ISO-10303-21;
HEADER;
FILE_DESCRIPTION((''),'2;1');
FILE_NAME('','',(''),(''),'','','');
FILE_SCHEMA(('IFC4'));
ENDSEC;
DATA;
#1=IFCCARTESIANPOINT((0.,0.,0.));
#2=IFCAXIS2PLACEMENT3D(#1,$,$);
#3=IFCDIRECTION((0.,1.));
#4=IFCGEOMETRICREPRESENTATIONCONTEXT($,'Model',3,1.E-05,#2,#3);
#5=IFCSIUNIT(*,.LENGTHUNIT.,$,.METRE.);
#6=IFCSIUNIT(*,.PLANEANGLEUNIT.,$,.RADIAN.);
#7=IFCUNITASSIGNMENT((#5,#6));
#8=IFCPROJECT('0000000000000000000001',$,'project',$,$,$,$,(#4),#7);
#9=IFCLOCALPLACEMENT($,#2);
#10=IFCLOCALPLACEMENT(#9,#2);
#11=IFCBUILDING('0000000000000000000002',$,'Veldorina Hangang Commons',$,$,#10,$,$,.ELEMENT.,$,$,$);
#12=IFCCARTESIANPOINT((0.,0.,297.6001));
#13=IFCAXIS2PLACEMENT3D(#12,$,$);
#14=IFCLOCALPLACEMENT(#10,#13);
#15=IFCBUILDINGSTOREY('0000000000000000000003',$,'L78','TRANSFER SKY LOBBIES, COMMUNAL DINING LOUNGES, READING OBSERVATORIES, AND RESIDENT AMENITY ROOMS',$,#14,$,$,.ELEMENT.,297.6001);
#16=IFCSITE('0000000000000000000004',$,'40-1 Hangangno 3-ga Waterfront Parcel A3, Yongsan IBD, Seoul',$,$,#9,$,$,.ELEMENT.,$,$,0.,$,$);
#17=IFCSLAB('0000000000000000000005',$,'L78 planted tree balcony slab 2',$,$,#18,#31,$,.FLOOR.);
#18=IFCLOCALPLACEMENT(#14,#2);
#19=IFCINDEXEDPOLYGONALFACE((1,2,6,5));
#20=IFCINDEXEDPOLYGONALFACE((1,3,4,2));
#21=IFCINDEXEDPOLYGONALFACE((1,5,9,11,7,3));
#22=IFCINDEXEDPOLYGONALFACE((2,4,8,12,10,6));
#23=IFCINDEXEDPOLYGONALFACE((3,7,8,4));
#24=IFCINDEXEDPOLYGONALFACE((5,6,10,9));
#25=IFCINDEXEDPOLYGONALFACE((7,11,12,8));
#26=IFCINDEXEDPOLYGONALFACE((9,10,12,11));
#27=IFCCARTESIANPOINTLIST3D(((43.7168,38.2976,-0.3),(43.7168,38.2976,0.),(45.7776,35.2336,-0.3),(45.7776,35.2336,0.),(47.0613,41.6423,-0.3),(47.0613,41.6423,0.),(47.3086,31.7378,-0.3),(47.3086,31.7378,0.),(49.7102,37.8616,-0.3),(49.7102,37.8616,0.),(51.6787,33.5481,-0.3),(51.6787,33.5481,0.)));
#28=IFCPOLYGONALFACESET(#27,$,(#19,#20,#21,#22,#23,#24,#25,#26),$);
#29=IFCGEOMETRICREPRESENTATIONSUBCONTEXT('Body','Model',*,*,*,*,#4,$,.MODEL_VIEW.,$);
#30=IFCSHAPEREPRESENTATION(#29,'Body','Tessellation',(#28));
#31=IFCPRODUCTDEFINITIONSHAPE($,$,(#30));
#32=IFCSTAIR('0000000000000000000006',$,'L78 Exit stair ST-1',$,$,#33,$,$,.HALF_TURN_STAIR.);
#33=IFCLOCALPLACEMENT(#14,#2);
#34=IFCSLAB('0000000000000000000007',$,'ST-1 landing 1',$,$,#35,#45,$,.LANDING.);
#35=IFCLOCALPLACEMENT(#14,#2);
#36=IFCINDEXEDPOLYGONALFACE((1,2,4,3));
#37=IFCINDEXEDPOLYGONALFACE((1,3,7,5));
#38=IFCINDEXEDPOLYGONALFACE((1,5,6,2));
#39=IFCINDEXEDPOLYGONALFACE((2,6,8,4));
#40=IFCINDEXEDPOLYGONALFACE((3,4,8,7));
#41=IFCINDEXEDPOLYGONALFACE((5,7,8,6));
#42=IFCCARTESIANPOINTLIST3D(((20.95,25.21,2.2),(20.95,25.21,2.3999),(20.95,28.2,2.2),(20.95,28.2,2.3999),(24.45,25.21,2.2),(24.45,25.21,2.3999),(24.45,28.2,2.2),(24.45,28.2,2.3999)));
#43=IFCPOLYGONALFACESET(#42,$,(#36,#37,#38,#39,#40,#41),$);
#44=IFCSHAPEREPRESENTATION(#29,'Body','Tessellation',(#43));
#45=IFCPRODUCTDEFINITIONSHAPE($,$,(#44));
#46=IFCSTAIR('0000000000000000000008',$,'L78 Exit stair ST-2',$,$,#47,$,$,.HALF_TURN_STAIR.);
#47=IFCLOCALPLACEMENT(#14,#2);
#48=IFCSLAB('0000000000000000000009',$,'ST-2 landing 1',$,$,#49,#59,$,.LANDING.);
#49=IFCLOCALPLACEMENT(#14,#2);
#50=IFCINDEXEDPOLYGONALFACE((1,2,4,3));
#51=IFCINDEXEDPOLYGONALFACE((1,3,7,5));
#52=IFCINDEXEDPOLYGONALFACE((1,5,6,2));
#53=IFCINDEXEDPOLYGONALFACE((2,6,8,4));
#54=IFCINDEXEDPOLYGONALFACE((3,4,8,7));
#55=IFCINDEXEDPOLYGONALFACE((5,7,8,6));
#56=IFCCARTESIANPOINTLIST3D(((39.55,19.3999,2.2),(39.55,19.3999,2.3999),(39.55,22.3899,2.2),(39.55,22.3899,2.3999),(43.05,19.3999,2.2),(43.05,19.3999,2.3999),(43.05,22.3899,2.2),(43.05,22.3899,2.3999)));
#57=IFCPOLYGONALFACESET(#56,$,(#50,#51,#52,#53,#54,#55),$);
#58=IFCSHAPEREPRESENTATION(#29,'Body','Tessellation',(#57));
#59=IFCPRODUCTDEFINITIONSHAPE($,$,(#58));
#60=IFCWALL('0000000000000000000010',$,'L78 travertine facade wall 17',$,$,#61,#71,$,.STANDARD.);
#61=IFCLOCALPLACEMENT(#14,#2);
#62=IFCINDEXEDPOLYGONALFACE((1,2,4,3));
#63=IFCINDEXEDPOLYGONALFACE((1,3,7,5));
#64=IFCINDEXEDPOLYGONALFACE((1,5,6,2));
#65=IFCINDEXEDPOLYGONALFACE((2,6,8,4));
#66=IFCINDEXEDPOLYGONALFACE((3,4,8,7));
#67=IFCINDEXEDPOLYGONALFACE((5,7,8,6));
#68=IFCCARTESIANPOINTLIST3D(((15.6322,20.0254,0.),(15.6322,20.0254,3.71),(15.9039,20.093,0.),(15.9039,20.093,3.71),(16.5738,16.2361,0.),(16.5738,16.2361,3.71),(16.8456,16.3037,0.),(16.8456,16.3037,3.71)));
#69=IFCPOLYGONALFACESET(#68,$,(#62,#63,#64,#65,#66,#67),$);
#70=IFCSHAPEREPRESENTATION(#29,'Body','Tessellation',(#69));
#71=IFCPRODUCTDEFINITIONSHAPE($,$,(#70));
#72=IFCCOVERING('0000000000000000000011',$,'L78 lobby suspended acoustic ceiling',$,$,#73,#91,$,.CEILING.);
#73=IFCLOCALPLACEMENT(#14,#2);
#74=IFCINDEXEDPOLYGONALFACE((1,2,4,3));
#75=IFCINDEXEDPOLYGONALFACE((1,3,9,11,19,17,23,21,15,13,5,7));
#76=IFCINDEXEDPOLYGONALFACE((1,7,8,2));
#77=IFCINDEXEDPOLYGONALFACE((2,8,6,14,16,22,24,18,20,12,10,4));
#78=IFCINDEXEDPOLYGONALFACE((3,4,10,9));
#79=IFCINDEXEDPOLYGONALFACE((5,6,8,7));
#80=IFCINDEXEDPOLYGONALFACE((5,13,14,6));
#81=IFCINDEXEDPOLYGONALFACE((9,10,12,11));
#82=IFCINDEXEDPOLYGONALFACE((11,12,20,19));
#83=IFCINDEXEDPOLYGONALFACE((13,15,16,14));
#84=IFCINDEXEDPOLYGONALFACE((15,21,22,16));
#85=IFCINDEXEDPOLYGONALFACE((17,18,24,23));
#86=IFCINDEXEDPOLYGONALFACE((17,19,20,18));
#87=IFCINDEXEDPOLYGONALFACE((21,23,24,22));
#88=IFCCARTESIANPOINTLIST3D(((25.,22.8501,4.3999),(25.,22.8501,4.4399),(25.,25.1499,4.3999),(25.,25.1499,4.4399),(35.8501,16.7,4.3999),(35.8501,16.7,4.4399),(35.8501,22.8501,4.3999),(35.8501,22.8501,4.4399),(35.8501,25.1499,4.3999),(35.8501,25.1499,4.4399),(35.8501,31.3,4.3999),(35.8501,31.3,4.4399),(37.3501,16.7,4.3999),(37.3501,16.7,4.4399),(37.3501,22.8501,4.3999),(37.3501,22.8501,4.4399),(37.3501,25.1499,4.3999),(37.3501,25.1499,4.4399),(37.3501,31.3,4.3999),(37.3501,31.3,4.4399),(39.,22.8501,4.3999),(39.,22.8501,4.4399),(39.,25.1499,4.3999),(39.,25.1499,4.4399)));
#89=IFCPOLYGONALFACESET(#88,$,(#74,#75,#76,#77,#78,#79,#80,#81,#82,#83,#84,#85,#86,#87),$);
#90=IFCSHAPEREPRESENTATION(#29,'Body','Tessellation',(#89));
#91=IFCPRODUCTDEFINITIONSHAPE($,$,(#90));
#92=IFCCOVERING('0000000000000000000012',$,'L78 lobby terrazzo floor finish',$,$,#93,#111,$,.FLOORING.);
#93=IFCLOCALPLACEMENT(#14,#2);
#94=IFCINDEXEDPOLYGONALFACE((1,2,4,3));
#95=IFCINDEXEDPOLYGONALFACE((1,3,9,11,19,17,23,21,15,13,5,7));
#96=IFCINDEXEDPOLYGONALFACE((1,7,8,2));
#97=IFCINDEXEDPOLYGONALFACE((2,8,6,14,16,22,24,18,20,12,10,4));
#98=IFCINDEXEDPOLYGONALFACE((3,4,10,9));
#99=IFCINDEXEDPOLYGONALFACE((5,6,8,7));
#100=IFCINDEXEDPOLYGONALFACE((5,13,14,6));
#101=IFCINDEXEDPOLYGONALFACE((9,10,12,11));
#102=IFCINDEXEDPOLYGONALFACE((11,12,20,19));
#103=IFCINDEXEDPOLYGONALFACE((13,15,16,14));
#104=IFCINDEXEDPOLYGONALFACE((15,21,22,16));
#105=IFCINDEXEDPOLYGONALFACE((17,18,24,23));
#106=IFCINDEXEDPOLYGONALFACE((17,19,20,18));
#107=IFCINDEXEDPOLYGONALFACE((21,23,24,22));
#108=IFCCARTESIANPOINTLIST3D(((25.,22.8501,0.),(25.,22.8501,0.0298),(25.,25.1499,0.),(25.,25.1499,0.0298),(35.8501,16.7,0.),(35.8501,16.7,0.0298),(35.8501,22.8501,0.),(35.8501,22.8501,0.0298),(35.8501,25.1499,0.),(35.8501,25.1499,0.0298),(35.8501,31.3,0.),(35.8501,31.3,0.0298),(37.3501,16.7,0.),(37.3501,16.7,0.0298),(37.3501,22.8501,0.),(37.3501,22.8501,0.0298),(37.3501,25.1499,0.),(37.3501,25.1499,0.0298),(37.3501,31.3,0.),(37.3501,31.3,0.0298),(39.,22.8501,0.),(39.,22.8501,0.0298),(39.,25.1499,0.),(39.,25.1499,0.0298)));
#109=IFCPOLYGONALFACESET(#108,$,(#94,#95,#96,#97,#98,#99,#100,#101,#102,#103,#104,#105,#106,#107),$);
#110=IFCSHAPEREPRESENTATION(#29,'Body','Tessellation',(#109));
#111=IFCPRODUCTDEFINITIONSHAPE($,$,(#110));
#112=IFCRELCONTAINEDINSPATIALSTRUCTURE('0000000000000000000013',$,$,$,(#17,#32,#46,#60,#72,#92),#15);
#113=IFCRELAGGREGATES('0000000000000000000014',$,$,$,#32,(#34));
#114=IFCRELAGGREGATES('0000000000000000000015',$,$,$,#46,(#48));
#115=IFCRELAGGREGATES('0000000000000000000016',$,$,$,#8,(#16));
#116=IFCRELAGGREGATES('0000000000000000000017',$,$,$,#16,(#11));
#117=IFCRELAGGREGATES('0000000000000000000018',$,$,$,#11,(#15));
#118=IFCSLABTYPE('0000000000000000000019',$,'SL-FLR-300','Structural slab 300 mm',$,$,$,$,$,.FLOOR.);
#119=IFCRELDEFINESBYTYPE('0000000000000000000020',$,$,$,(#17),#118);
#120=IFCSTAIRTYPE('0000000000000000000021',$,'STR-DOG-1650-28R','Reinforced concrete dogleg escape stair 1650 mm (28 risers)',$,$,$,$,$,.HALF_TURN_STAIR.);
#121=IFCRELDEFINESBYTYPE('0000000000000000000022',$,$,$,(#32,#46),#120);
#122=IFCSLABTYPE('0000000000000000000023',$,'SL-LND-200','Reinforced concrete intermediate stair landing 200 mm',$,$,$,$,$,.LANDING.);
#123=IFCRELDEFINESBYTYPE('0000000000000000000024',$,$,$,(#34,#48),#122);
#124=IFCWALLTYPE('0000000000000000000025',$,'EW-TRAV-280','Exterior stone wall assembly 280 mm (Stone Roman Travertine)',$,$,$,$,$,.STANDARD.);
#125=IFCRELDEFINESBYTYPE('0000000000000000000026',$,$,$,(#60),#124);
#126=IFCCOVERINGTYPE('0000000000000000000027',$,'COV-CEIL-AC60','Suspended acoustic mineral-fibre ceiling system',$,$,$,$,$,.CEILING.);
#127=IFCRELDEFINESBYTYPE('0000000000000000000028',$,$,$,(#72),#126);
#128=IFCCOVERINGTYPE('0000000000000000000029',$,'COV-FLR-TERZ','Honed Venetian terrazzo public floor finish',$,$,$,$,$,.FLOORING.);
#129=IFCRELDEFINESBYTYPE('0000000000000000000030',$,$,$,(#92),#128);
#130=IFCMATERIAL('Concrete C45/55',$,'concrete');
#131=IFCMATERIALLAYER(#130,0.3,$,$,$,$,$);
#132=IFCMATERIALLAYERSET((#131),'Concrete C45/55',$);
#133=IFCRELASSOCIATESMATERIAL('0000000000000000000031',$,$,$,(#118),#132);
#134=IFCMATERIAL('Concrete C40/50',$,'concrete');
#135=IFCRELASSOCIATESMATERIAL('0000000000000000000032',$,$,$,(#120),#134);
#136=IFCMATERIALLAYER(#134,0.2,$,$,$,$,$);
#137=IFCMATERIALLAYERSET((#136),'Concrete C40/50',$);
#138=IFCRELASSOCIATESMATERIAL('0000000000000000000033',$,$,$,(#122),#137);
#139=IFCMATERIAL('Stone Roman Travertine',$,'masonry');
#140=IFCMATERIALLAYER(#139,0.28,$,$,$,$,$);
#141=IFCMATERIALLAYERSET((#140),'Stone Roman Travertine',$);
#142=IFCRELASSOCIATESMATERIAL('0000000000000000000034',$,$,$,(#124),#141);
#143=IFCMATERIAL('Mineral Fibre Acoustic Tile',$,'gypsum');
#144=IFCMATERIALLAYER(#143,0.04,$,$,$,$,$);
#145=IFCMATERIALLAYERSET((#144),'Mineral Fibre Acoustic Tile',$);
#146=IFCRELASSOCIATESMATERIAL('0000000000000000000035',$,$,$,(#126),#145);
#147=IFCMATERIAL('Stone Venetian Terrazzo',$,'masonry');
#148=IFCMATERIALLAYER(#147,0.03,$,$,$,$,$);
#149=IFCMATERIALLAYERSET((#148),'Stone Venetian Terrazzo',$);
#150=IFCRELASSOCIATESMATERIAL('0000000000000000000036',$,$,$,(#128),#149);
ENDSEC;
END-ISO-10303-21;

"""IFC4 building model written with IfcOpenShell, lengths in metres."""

from ifc_helpers import new_model, si_unit, direction, frame, frame_2d, origin, place, context, subcontext, project, spatial, polyline, rectangle, outline, extrude, material, layer, layer_set, type_object, element, aggregate, save


model = new_model("IFC4")

# Units and contexts
model_context = context("Model", 3, precision=1e-05, world=origin(), true_north=direction((0.0, 1.0)))
body_context = subcontext(model_context, "Body", "Model", "MODEL_VIEW")
ifc_project = project(units=[si_unit("LENGTHUNIT", "METRE"), si_unit("PLANEANGLEUNIT", "RADIAN")], contexts=[model_context])

# Site, building, storey
site_placement = place(None, origin())
site = spatial("IfcSite", under=ifc_project, at=site_placement, Name="40-1 Hangangno 3-ga Waterfront Parcel A3, Yongsan IBD, Seoul", CompositionType="ELEMENT", RefElevation=0.0)
building_placement = place(site_placement, origin())
building = spatial("IfcBuilding", under=site, at=building_placement, Name="Veldorina Hangang Commons", CompositionType="ELEMENT")
storey_placement = place(building_placement, frame((0.0, 0.0, 297.6001)))
storey = spatial("IfcBuildingStorey", under=building, at=storey_placement, Name="L78", Description="TRANSFER SKY LOBBIES, COMMUNAL DINING LOUNGES, READING OBSERVATORIES, AND RESIDENT AMENITY ROOMS", CompositionType="ELEMENT", Elevation=297.6001)

# Slab
ifc_material_1 = material(Name="Concrete C45/55", Category="concrete")
ifc_layer_1 = layer(ifc_material_1, 0.3)
ifc_layer_set_1 = layer_set([ifc_layer_1], Name="Concrete C45/55")
slab_type_1 = type_object("IfcSlabType", Name="SL-FLR-300", Description="Structural slab 300 mm", PredefinedType="FLOOR", material=ifc_layer_set_1)
slab_1_placement = place(storey_placement, frame((0.0, 0.0, -0.3)))
element("IfcSlab", 1, at=slab_1_placement, inside=storey, type_object=slab_type_1, Name="L78 planted tree balcony slab 2", PredefinedType="FLOOR", context=body_context, shape_type="SweptSolid", body=[
    extrude(outline(polyline([(45.7776, 35.2336), (43.7168, 38.2976), (47.0613, 41.6423), (49.7102, 37.8616), (51.6787, 33.5481), (47.3086, 31.7378), (45.7776, 35.2336)])), origin(), (0.0, 0.0, 1.0), 0.3),
])

# Stairs, slabs
ifc_material_2 = material(Name="Concrete C40/50", Category="concrete")
stair_type = type_object("IfcStairType", Name="STR-DOG-1650-28R", Description="Reinforced concrete dogleg escape stair 1650 mm (28 risers)", PredefinedType="HALF_TURN_STAIR", material=ifc_material_2)
stair_1_placement = place(storey_placement, origin())
stair_1 = element("IfcStair", 2, at=stair_1_placement, inside=storey, type_object=stair_type, Name="L78 Exit stair ST-1", PredefinedType="HALF_TURN_STAIR")
ifc_layer_2 = layer(ifc_material_2, 0.2)
ifc_layer_set_2 = layer_set([ifc_layer_2], Name="Concrete C40/50")
slab_type_2 = type_object("IfcSlabType", Name="SL-LND-200", Description="Reinforced concrete intermediate stair landing 200 mm", PredefinedType="LANDING", material=ifc_layer_set_2)
slab_2_placement = place(storey_placement, frame((0.0, 0.0, 2.2)))
slab_2 = element("IfcSlab", 3, at=slab_2_placement, type_object=slab_type_2, Name="ST-1 landing 1", PredefinedType="LANDING", context=body_context, shape_type="SweptSolid", body=[
    extrude(outline(polyline([(24.45, 25.21), (24.45, 28.2), (20.95, 28.2), (20.95, 25.21), (24.45, 25.21)])), origin(), (0.0, 0.0, 1.0), 0.2),
])
aggregate(stair_1, [slab_2])
stair_2_placement = place(storey_placement, origin())
stair_2 = element("IfcStair", 4, at=stair_2_placement, inside=storey, type_object=stair_type, Name="L78 Exit stair ST-2", PredefinedType="HALF_TURN_STAIR")
slab_3_placement = place(storey_placement, frame((0.0, 0.0, 2.2)))
slab_3 = element("IfcSlab", 5, at=slab_3_placement, type_object=slab_type_2, Name="ST-2 landing 1", PredefinedType="LANDING", context=body_context, shape_type="SweptSolid", body=[
    extrude(outline(polyline([(39.55, 22.3899), (39.55, 19.3999), (43.05, 19.3999), (43.05, 22.3899), (39.55, 22.3899)])), origin(), (0.0, 0.0, 1.0), 0.2),
])
aggregate(stair_2, [slab_3])

# Wall
ifc_material_3 = material(Name="Stone Roman Travertine", Category="masonry")
ifc_layer_3 = layer(ifc_material_3, 0.28)
ifc_layer_set_3 = layer_set([ifc_layer_3], Name="Stone Roman Travertine")
wall_type = type_object("IfcWallType", Name="EW-TRAV-280", Description="Exterior stone wall assembly 280 mm (Stone Roman Travertine)", PredefinedType="STANDARD", material=ifc_layer_set_3)
wall_placement = place(storey_placement, frame((15.7681, 20.0591, 0.0), z_axis=(0.0, 0.0, 1.0), x_axis=(0.241167, -0.970484, 0.0)))
element("IfcWall", 6, at=wall_placement, inside=storey, type_object=wall_type, Name="L78 travertine facade wall 17", PredefinedType="STANDARD", context=body_context, shape_type="SweptSolid", body=[
    extrude(rectangle(XDim=3.9045, YDim=0.28, at=frame_2d((1.9521, 0.0))), origin(), (0.0, 0.0, 1.0), 3.71),
])

# Coverings
ifc_material_4 = material(Name="Mineral Fibre Acoustic Tile", Category="gypsum")
ifc_layer_4 = layer(ifc_material_4, 0.04)
ifc_layer_set_4 = layer_set([ifc_layer_4], Name="Mineral Fibre Acoustic Tile")
covering_type_1 = type_object("IfcCoveringType", Name="COV-CEIL-AC60", Description="Suspended acoustic mineral-fibre ceiling system", PredefinedType="CEILING", material=ifc_layer_set_4)
covering_1_placement = place(storey_placement, frame((0.0, 0.0, 4.3999)))
element("IfcCovering", 7, at=covering_1_placement, inside=storey, type_object=covering_type_1, Name="L78 lobby suspended acoustic ceiling", PredefinedType="CEILING", context=body_context, shape_type="SweptSolid", body=[
    extrude(outline(polyline([(25.0, 22.8501), (35.8501, 22.8501), (35.8501, 16.7), (37.3501, 16.7), (37.3501, 22.8501), (39.0, 22.8501), (39.0, 25.1499), (37.3501, 25.1499), (37.3501, 31.3), (35.8501, 31.3), (35.8501, 25.1499), (25.0, 25.1499), (25.0, 22.8501)])), origin(), (0.0, 0.0, 1.0), 0.04),
])
ifc_material_5 = material(Name="Stone Venetian Terrazzo", Category="masonry")
ifc_layer_5 = layer(ifc_material_5, 0.03)
ifc_layer_set_5 = layer_set([ifc_layer_5], Name="Stone Venetian Terrazzo")
covering_type_2 = type_object("IfcCoveringType", Name="COV-FLR-TERZ", Description="Honed Venetian terrazzo public floor finish", PredefinedType="FLOORING", material=ifc_layer_set_5)
covering_2_placement = place(storey_placement, origin())
element("IfcCovering", 8, at=covering_2_placement, inside=storey, type_object=covering_type_2, Name="L78 lobby terrazzo floor finish", PredefinedType="FLOORING", context=body_context, shape_type="SweptSolid", body=[
    extrude(outline(polyline([(25.0, 22.8501), (35.8501, 22.8501), (35.8501, 16.7), (37.3501, 16.7), (37.3501, 22.8501), (39.0, 22.8501), (39.0, 25.1499), (37.3501, 25.1499), (37.3501, 31.3), (35.8501, 31.3), (35.8501, 25.1499), (25.0, 25.1499), (25.0, 22.8501)])), origin(), (0.0, 0.0, 1.0), 0.0298),
])

save(model, "model.ifc")
